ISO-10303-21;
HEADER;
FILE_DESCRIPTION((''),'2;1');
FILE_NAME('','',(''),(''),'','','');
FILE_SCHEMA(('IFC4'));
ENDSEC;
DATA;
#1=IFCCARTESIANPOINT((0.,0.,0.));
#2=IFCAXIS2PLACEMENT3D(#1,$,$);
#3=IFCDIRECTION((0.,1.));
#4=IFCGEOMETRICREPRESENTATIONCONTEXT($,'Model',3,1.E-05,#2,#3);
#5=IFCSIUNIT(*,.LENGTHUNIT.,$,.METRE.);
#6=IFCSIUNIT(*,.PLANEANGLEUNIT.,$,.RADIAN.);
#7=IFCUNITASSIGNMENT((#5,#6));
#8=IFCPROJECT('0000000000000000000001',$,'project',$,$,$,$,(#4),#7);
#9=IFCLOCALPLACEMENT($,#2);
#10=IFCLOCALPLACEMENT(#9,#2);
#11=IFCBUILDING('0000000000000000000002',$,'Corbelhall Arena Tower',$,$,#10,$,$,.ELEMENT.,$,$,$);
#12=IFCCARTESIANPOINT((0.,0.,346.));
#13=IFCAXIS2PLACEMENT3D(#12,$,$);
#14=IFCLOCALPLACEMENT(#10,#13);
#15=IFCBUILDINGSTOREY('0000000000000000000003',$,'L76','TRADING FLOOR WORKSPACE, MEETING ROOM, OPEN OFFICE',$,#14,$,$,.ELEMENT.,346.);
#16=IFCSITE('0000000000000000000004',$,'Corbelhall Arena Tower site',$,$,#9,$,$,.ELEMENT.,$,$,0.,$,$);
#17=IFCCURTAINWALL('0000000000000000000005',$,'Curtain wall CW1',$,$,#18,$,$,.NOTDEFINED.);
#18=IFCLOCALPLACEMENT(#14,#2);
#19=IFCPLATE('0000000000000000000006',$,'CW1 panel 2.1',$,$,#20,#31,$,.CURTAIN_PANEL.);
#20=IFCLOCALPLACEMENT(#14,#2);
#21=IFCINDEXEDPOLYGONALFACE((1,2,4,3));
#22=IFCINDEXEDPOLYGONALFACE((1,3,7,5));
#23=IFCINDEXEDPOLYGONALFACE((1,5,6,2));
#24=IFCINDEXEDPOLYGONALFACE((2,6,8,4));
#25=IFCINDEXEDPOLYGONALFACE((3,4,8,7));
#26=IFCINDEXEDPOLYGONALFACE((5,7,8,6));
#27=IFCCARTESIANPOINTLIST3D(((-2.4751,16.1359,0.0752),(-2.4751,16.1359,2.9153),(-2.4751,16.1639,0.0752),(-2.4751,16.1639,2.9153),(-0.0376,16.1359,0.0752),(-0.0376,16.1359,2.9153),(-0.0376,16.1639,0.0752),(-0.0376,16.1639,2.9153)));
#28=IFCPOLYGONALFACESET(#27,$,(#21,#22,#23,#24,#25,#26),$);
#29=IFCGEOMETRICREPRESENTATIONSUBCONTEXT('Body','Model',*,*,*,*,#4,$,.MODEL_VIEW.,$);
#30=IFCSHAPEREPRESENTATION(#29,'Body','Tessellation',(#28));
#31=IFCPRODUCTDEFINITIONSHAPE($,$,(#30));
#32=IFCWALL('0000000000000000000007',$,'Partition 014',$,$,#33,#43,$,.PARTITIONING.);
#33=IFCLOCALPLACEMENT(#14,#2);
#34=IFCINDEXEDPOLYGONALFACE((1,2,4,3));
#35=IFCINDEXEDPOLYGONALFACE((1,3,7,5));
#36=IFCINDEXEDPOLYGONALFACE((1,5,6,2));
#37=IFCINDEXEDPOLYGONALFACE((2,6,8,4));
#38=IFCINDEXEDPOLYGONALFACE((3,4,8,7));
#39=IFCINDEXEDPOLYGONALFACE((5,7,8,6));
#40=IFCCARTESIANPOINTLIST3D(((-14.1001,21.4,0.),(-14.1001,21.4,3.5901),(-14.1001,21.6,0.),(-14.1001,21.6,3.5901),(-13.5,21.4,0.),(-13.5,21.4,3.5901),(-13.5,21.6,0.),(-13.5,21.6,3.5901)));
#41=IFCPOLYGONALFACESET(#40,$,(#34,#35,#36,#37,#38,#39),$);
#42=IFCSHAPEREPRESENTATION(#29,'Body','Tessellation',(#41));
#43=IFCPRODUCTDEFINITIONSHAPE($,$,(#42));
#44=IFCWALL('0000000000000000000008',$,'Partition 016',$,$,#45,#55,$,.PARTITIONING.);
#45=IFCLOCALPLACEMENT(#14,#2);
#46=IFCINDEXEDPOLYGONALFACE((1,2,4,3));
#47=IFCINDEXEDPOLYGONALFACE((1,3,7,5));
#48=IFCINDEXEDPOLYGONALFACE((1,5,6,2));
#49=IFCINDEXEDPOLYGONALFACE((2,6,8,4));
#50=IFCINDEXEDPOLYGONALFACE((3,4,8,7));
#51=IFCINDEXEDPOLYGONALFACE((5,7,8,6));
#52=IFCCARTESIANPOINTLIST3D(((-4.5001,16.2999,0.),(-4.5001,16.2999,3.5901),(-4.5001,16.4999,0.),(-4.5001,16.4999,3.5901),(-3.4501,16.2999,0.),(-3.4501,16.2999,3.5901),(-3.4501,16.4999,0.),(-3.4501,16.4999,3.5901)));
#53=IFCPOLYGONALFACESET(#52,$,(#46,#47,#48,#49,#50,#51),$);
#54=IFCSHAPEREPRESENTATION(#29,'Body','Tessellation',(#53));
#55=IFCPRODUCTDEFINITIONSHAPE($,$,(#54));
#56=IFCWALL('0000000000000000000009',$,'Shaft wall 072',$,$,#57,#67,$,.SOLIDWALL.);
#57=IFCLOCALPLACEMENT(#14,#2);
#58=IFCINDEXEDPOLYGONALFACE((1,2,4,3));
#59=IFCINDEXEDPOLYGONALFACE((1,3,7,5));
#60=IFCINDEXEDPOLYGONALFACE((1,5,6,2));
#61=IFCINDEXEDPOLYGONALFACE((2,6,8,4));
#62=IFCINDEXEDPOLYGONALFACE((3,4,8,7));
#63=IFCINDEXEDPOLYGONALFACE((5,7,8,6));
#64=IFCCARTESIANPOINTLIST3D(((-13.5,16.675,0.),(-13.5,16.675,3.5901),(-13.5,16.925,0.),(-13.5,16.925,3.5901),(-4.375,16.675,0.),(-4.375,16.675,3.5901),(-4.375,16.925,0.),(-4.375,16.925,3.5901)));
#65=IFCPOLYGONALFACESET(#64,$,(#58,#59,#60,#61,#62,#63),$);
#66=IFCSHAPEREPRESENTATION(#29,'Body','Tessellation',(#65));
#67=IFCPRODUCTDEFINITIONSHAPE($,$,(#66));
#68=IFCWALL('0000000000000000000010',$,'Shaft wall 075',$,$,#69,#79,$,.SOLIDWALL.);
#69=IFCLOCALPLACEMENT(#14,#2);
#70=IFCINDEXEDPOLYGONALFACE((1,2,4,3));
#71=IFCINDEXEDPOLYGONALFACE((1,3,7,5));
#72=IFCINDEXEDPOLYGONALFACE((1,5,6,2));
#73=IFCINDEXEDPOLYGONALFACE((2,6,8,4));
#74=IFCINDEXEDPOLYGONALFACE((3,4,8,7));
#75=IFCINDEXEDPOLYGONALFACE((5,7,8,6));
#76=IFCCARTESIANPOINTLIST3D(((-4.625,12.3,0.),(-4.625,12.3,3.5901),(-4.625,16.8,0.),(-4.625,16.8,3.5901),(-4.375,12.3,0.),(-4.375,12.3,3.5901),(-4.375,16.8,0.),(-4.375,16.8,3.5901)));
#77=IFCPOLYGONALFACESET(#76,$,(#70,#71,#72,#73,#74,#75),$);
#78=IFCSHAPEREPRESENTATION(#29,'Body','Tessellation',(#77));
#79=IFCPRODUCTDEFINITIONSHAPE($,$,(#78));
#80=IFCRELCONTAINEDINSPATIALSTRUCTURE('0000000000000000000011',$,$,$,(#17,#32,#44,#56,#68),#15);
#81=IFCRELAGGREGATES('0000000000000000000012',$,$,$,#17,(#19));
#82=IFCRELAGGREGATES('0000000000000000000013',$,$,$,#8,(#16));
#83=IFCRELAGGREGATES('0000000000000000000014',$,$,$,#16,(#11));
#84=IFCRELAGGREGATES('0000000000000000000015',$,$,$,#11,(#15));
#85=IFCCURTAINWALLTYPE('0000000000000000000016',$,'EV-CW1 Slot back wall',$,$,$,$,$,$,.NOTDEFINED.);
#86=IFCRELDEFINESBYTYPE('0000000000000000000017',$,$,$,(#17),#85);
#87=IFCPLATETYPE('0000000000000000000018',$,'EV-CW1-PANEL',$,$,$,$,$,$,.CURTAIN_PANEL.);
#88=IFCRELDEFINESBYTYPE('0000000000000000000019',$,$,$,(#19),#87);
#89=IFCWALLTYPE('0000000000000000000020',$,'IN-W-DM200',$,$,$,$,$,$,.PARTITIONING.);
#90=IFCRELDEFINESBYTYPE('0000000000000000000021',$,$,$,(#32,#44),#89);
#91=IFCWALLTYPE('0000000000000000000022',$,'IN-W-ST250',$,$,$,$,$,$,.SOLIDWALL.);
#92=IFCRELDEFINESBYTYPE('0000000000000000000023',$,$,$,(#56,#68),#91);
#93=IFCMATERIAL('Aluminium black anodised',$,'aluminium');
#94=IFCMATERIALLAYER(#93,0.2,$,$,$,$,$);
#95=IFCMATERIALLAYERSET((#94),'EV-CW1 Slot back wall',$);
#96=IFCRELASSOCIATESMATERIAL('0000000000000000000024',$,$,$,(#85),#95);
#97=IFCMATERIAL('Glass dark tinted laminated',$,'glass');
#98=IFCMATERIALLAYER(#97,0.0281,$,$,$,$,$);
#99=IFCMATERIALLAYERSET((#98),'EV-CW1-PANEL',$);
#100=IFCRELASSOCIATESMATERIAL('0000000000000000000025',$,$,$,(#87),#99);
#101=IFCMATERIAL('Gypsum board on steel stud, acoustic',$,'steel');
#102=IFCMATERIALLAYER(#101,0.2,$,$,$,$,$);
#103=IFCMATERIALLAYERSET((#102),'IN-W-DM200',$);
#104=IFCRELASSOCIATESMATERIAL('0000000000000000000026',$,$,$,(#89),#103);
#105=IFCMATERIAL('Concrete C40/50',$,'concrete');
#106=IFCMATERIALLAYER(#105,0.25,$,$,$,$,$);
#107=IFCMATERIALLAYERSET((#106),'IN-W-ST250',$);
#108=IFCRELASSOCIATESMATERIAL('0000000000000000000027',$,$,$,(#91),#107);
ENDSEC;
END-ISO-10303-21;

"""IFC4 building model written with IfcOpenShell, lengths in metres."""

from ifc_helpers import new_model, si_unit, direction, frame, frame_2d, origin, origin_2d, place, context, subcontext, project, spatial, rectangle, extrude, material, layer, layer_set, type_object, element, aggregate, save


model = new_model("IFC4")

# Units and contexts
model_context = context("Model", 3, precision=1e-05, world=origin(), true_north=direction((0.0, 1.0)))
body_context = subcontext(model_context, "Body", "Model", "MODEL_VIEW")
ifc_project = project(units=[si_unit("LENGTHUNIT", "METRE"), si_unit("PLANEANGLEUNIT", "RADIAN")], contexts=[model_context])

# Site, building, storey
site_placement = place(None, origin())
site = spatial("IfcSite", under=ifc_project, at=site_placement, Name="Corbelhall Arena Tower site", CompositionType="ELEMENT", RefElevation=0.0)
building_placement = place(site_placement, origin())
building = spatial("IfcBuilding", under=site, at=building_placement, Name="Corbelhall Arena Tower", CompositionType="ELEMENT")
storey_placement = place(building_placement, frame((0.0, 0.0, 346.0)))
storey = spatial("IfcBuildingStorey", under=building, at=storey_placement, Name="L76", Description="TRADING FLOOR WORKSPACE, MEETING ROOM, OPEN OFFICE", CompositionType="ELEMENT", Elevation=346.0)

# Curtain wall
ifc_material_1 = material(Name="Aluminium black anodised", Category="aluminium")
ifc_layer_1 = layer(ifc_material_1, 0.2)
ifc_layer_set_1 = layer_set([ifc_layer_1], Name="EV-CW1 Slot back wall")
curtain_wall_type = type_object("IfcCurtainWallType", Name="EV-CW1 Slot back wall", PredefinedType="NOTDEFINED", material=ifc_layer_set_1)
curtain_wall_placement = place(storey_placement, origin())
curtain_wall = element("IfcCurtainWall", 1, at=curtain_wall_placement, inside=storey, type_object=curtain_wall_type, Name="Curtain wall CW1", PredefinedType="NOTDEFINED")

# Plate
ifc_material_2 = material(Name="Glass dark tinted laminated", Category="glass")
ifc_layer_2 = layer(ifc_material_2, 0.0281)
ifc_layer_set_2 = layer_set([ifc_layer_2], Name="EV-CW1-PANEL")
plate_type = type_object("IfcPlateType", Name="EV-CW1-PANEL", PredefinedType="CURTAIN_PANEL", material=ifc_layer_set_2)
plate_placement = place(storey_placement, frame((-1.2563, 16.1499, 0.0752), z_axis=(0.0, 0.0, 1.0), x_axis=(-1.0, 0.0, 0.0)))
plate = element("IfcPlate", 2, at=plate_placement, type_object=plate_type, Name="CW1 panel 2.1", PredefinedType="CURTAIN_PANEL", context=body_context, shape_type="SweptSolid", body=[
    extrude(rectangle(XDim=2.4375, YDim=0.0281, at=origin_2d()), origin(), (0.0, 0.0, 1.0), 2.8401),
])
aggregate(curtain_wall, [plate])

# Wall
ifc_material_3 = material(Name="Gypsum board on steel stud, acoustic", Category="steel")
ifc_layer_3 = layer(ifc_material_3, 0.2)
ifc_layer_set_3 = layer_set([ifc_layer_3], Name="IN-W-DM200")
wall_type_1 = type_object("IfcWallType", Name="IN-W-DM200", PredefinedType="PARTITIONING", material=ifc_layer_set_3)
wall_1_placement = place(storey_placement, frame((-13.5, 21.5, 0.0), z_axis=(0.0, 0.0, 1.0), x_axis=(-1.0, 0.0, 0.0)))
element("IfcWall", 3, at=wall_1_placement, inside=storey, type_object=wall_type_1, Name="Partition 014", PredefinedType="PARTITIONING", context=body_context, shape_type="SweptSolid", body=[
    extrude(rectangle(XDim=0.6001, YDim=0.2, at=frame_2d((0.3, 0.0))), origin(), (0.0, 0.0, 1.0), 3.5901),
])

# Walls
wall_2_placement = place(storey_placement, frame((-4.5, 16.3999, 0.0), z_axis=(0.0, 0.0, 1.0), x_axis=(1.0, 0.0, 0.0)))
element("IfcWall", 4, at=wall_2_placement, inside=storey, type_object=wall_type_1, Name="Partition 016", PredefinedType="PARTITIONING", context=body_context, shape_type="SweptSolid", body=[
    extrude(rectangle(XDim=1.05, YDim=0.2, at=frame_2d((0.5249, 0.0))), origin(), (0.0, 0.0, 1.0), 3.5901),
])
ifc_material_4 = material(Name="Concrete C40/50", Category="concrete")
ifc_layer_4 = layer(ifc_material_4, 0.25)
ifc_layer_set_4 = layer_set([ifc_layer_4], Name="IN-W-ST250")
wall_type_2 = type_object("IfcWallType", Name="IN-W-ST250", PredefinedType="SOLIDWALL", material=ifc_layer_set_4)
wall_3_placement = place(storey_placement, frame((-13.5, 16.8, 0.0), z_axis=(0.0, 0.0, 1.0), x_axis=(1.0, 0.0, 0.0)))
element("IfcWall", 5, at=wall_3_placement, inside=storey, type_object=wall_type_2, Name="Shaft wall 072", PredefinedType="SOLIDWALL", context=body_context, shape_type="SweptSolid", body=[
    extrude(rectangle(XDim=9.125, YDim=0.25, at=frame_2d((4.5625, 0.0))), origin(), (0.0, 0.0, 1.0), 3.5901),
])
wall_4_placement = place(storey_placement, frame((-4.5, 16.8, 0.0), z_axis=(0.0, 0.0, 1.0), x_axis=(0.0, -1.0, 0.0)))
element("IfcWall", 6, at=wall_4_placement, inside=storey, type_object=wall_type_2, Name="Shaft wall 075", PredefinedType="SOLIDWALL", context=body_context, shape_type="SweptSolid", body=[
    extrude(rectangle(XDim=4.5, YDim=0.25, at=frame_2d((2.25, 0.0))), origin(), (0.0, 0.0, 1.0), 3.5901),
])

save(model, "model.ifc")
